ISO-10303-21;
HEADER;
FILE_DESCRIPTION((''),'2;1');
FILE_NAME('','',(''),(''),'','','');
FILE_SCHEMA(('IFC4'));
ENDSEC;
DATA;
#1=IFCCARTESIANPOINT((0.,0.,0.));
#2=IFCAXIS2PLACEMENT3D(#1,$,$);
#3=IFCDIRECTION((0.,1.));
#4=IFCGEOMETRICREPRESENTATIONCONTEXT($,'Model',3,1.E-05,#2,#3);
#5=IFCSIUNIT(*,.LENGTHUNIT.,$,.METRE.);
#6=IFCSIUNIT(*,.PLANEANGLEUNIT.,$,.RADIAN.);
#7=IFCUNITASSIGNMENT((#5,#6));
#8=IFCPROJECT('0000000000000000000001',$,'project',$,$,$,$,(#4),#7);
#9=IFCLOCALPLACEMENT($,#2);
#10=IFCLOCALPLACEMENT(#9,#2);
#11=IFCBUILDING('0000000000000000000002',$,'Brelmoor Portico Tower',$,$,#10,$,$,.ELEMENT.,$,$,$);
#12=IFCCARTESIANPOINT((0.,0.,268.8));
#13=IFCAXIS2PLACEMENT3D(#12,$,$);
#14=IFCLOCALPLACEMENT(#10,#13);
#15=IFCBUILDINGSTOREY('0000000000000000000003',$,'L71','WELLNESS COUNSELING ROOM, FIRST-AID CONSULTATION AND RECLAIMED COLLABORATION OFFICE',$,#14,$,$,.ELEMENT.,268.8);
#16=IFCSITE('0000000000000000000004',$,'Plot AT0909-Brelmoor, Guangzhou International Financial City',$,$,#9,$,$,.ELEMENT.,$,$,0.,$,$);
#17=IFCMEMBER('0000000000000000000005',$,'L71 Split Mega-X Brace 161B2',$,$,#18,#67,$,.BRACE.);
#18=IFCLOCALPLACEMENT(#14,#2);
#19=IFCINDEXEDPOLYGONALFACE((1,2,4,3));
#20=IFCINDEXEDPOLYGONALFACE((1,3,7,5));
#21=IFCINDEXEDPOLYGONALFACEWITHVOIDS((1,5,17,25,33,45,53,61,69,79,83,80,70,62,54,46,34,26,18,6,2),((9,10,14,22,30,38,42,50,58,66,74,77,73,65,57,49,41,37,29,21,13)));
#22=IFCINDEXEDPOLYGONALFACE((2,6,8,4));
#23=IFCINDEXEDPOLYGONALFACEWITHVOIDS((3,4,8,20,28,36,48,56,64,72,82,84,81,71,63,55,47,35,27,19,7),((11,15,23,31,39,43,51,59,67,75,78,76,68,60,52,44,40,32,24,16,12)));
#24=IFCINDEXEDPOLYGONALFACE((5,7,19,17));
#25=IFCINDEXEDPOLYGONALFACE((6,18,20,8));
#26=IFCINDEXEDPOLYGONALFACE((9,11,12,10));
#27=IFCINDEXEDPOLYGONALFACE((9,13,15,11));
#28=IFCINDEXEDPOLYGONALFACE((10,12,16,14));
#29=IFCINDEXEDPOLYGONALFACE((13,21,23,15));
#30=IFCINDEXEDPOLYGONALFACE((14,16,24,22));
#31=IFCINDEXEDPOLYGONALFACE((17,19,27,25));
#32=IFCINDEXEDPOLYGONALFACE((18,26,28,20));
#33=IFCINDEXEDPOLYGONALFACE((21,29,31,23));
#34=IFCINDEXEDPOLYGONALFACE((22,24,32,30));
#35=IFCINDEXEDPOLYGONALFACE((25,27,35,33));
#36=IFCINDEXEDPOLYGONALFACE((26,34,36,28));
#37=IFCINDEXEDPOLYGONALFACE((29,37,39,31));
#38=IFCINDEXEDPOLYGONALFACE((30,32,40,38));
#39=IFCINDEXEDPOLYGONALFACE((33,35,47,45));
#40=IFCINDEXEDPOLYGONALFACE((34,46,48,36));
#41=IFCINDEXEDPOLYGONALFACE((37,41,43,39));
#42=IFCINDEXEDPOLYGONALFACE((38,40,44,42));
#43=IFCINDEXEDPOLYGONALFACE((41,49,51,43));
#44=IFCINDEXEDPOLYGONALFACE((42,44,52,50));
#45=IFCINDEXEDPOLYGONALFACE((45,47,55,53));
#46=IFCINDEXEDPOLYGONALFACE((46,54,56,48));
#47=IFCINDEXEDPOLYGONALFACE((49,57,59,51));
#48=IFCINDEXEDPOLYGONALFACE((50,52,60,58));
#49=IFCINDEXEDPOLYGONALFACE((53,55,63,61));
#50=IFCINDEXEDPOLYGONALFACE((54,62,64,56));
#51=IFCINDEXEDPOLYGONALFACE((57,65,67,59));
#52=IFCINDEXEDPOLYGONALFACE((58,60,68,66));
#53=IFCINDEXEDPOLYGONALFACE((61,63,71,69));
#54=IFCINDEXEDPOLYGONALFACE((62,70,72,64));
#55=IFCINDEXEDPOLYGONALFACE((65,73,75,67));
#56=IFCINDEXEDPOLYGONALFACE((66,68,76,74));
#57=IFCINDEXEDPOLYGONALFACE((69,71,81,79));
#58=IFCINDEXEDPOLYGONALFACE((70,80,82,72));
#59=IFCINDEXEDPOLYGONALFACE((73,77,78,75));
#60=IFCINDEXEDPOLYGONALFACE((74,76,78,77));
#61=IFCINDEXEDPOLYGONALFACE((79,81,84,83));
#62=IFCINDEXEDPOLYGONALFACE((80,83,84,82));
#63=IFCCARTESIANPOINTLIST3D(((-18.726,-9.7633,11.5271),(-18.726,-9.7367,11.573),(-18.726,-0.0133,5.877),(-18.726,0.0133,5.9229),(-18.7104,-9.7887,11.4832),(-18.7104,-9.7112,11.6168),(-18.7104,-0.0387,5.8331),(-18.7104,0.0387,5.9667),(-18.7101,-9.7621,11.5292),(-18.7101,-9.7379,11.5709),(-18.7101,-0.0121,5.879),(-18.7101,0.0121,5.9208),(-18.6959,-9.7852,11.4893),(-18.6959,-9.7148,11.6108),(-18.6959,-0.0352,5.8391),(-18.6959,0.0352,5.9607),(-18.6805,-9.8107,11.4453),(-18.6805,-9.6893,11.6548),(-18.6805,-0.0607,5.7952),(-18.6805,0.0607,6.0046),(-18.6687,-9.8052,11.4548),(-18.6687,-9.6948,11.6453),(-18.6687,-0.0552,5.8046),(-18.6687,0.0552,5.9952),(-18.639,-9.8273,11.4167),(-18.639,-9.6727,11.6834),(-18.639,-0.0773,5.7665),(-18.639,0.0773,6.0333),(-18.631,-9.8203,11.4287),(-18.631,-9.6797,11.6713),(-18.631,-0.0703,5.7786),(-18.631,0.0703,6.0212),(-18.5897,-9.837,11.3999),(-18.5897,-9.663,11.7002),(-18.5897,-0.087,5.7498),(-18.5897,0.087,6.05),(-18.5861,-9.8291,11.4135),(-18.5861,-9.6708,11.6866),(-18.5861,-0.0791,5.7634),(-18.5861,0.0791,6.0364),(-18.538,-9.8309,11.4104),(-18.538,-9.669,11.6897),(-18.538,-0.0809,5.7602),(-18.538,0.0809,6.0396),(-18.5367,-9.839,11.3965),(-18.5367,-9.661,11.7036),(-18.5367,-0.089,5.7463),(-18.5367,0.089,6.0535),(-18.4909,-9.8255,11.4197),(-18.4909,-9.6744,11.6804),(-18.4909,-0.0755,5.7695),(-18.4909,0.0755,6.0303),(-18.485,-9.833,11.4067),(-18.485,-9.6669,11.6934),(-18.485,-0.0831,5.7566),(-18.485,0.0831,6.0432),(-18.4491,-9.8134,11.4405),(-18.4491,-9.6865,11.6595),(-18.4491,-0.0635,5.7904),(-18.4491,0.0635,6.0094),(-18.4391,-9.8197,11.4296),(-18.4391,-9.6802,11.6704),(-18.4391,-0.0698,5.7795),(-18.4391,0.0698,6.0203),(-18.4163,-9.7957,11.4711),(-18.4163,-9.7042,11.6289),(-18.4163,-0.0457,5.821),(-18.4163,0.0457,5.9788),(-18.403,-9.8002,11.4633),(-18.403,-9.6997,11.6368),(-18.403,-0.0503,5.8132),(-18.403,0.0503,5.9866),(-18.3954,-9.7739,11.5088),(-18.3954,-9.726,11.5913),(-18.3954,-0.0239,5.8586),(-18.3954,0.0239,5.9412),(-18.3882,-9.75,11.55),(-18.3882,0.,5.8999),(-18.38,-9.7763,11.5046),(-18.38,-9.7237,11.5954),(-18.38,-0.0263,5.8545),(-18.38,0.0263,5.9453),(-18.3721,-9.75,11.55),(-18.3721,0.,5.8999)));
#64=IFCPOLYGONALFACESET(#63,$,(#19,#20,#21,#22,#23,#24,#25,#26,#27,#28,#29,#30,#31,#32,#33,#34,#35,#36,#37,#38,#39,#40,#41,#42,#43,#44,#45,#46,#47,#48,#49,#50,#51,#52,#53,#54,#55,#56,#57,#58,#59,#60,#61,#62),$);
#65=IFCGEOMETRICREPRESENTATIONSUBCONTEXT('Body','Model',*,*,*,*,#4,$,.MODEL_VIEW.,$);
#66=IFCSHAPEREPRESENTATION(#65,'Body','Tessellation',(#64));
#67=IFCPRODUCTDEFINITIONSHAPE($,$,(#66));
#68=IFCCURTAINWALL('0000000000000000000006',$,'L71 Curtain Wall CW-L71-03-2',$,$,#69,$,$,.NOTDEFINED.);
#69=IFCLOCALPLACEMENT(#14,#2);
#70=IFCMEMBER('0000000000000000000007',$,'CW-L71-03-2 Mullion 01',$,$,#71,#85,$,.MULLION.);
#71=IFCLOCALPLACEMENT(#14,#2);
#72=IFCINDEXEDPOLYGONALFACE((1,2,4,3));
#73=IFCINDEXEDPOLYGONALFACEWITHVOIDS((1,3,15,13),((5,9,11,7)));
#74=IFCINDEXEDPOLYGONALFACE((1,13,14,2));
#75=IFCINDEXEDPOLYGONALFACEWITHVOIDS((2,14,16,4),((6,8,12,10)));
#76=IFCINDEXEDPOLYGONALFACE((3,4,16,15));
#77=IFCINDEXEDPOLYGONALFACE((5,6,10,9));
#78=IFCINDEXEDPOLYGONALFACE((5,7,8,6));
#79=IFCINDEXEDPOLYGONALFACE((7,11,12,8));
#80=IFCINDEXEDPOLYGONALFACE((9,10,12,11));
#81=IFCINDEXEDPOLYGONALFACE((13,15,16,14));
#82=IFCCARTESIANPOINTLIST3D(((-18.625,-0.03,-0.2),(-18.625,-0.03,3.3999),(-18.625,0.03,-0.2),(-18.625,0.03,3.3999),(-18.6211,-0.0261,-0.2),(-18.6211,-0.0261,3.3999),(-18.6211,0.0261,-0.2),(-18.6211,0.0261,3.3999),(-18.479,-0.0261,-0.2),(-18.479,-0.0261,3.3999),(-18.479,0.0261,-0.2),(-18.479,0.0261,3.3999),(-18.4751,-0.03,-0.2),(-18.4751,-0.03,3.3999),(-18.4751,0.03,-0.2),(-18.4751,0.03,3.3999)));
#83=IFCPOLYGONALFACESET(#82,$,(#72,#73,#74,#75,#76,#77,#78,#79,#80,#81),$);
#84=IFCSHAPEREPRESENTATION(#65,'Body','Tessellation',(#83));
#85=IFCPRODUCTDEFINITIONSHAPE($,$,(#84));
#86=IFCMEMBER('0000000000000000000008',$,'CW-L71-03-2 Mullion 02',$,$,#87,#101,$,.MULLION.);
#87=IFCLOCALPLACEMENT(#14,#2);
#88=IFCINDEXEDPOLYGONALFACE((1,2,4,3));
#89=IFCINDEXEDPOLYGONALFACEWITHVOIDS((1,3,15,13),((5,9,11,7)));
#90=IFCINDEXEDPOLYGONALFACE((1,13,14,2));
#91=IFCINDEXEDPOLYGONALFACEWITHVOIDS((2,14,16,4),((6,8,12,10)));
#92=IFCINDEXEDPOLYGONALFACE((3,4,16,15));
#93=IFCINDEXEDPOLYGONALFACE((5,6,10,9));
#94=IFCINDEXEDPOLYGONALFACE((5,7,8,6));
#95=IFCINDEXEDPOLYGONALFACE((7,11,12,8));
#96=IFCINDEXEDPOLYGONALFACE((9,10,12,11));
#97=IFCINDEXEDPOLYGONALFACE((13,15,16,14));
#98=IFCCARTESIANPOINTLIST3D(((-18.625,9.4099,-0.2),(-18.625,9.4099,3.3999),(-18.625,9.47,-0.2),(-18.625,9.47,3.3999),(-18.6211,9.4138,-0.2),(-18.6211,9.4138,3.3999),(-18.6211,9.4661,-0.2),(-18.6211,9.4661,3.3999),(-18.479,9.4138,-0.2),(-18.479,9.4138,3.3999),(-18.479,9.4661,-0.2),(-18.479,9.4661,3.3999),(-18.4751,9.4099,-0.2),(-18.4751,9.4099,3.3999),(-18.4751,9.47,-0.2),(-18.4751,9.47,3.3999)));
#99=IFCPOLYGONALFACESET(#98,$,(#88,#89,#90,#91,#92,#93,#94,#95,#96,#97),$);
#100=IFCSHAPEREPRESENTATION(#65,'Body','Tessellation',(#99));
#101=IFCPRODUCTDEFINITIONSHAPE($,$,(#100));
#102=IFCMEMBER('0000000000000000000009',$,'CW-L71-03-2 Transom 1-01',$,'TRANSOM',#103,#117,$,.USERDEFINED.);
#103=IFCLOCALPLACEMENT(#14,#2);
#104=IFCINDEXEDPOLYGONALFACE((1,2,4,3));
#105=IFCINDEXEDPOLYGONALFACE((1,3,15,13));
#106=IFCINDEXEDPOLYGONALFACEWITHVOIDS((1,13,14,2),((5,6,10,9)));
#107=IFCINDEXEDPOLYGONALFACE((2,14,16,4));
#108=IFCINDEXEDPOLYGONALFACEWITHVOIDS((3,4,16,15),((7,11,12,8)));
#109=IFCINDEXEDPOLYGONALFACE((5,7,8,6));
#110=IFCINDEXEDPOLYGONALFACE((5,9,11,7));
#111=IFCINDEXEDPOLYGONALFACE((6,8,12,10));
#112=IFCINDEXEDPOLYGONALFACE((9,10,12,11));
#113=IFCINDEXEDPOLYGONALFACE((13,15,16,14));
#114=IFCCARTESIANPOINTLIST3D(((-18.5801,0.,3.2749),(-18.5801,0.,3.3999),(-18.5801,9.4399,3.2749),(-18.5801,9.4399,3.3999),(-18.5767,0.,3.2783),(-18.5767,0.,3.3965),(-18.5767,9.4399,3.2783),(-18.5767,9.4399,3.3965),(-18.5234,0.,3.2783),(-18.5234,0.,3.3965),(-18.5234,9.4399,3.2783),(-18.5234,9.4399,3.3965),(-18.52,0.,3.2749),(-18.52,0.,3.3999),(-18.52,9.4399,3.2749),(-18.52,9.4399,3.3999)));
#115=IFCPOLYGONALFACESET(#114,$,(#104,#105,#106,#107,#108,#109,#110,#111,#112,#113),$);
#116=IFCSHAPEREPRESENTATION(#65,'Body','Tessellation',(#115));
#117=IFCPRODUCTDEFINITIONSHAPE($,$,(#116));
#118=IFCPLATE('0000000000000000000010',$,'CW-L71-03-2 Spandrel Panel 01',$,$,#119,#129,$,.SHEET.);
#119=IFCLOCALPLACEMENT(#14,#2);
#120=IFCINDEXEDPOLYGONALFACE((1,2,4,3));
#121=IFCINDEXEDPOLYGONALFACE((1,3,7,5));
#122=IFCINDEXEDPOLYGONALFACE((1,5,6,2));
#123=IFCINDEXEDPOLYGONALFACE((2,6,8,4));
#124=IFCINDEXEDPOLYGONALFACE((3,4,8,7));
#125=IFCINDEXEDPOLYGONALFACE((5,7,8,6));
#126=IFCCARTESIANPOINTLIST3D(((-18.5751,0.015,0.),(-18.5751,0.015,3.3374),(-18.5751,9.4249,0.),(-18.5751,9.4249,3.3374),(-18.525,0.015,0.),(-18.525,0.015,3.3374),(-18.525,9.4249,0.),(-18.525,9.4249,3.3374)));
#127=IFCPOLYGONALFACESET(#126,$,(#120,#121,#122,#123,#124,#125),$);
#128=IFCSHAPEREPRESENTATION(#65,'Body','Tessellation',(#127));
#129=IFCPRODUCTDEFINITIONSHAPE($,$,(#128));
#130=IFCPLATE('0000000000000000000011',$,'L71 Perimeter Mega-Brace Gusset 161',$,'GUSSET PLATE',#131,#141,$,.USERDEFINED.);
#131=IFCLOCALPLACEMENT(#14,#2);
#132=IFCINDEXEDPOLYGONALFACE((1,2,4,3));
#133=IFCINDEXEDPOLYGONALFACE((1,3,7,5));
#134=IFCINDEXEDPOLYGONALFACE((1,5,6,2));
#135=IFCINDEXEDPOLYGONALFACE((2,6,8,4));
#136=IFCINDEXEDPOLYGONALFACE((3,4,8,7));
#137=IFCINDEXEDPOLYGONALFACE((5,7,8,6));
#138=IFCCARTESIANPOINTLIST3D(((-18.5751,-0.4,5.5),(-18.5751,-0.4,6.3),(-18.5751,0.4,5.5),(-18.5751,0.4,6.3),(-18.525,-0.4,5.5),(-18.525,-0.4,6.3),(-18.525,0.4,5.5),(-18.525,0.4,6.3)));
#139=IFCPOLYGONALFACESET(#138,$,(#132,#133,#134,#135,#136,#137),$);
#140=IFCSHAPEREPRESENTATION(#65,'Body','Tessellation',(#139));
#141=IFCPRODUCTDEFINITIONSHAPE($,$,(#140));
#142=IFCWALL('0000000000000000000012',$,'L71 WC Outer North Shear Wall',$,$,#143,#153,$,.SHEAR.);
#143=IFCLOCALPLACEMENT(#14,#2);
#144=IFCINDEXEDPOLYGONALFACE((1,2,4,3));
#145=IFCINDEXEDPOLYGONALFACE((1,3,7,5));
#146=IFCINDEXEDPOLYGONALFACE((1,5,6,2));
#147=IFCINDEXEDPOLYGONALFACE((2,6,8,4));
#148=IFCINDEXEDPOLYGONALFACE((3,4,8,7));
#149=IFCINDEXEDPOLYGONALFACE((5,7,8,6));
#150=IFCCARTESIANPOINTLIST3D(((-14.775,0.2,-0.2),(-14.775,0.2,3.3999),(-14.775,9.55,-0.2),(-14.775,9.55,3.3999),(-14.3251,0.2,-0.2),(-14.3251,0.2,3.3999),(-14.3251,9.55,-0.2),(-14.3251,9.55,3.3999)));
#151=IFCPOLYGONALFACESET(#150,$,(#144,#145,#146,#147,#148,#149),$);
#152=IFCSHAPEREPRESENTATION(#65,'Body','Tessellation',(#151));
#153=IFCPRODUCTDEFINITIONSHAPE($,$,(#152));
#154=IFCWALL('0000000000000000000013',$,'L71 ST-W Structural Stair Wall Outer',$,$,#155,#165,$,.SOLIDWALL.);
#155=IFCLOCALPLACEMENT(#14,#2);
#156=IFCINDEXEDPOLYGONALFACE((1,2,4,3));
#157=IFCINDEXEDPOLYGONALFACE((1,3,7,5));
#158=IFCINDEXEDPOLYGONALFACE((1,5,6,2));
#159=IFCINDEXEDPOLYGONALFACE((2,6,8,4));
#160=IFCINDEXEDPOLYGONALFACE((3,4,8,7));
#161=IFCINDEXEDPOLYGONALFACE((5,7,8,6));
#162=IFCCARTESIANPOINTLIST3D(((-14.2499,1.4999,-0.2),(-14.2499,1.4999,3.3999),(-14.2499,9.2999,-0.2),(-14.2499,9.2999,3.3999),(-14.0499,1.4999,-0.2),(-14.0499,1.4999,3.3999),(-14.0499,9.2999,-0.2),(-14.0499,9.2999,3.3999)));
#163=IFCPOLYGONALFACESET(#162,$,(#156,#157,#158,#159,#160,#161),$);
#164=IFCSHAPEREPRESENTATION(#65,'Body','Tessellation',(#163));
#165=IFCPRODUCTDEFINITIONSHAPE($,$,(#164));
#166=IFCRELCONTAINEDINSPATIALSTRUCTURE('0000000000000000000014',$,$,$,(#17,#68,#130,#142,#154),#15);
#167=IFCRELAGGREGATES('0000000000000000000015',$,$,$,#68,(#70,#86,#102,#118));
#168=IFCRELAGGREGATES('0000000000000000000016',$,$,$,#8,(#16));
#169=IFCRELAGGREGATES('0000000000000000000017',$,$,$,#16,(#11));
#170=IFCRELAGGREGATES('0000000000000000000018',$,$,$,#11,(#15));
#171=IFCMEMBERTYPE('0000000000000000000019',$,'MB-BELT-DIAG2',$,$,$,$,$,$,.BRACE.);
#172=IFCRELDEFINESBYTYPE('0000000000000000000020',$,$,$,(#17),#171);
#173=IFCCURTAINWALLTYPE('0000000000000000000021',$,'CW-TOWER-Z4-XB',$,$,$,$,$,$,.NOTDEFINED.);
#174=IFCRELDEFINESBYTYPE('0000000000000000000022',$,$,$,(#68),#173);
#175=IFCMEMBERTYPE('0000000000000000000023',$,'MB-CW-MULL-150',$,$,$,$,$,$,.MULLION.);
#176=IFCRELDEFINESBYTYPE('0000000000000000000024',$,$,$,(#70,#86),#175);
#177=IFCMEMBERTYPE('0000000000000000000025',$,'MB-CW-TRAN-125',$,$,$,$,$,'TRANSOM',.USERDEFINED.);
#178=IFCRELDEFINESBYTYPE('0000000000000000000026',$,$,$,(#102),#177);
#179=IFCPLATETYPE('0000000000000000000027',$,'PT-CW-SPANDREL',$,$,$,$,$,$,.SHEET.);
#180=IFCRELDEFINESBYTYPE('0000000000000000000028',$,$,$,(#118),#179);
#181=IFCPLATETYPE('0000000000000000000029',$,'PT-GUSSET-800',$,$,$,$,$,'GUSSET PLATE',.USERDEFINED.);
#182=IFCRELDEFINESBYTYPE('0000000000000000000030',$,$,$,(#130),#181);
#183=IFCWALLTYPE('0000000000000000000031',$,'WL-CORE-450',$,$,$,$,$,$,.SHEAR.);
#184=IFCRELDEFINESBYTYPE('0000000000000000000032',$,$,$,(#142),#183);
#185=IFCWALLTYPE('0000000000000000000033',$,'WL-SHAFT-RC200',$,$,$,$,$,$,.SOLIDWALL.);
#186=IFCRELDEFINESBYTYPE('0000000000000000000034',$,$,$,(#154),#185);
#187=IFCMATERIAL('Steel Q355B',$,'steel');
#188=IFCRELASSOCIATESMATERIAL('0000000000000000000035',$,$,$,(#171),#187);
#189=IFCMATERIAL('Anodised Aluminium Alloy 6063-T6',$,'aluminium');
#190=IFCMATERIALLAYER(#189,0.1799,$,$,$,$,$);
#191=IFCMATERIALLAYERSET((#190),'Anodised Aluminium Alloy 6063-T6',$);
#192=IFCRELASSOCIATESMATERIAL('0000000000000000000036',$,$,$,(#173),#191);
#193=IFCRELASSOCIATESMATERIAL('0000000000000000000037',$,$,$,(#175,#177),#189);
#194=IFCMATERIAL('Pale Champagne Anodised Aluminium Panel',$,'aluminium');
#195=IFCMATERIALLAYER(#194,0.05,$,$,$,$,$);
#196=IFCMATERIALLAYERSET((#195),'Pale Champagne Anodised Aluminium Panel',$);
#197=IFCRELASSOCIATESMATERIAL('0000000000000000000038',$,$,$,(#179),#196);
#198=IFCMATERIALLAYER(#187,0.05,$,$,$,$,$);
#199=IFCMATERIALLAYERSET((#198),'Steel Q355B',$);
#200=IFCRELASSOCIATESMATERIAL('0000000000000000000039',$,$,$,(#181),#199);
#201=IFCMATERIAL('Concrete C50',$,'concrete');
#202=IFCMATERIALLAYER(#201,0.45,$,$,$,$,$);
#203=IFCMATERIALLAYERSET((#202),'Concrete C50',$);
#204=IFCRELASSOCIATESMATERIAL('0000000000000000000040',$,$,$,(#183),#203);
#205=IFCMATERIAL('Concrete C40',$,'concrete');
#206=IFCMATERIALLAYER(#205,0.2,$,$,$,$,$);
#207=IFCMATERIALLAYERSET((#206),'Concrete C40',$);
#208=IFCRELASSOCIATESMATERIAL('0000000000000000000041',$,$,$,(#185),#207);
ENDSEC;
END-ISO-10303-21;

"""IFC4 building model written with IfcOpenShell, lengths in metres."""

from ifc_helpers import new_model, si_unit, direction, frame, frame_2d, origin, origin_2d, place, context, subcontext, project, spatial, rectangle, hollow_rectangle, hollow_circle, extrude, material, layer, layer_set, material_profile, profile_set, type_object, element, aggregate, save


model = new_model("IFC4")

# Units and contexts
model_context = context("Model", 3, precision=1e-05, world=origin(), true_north=direction((0.0, 1.0)))
body_context = subcontext(model_context, "Body", "Model", "MODEL_VIEW")
ifc_project = project(units=[si_unit("LENGTHUNIT", "METRE"), si_unit("PLANEANGLEUNIT", "RADIAN")], contexts=[model_context])

# Site, building, storey
site_placement = place(None, origin())
site = spatial("IfcSite", under=ifc_project, at=site_placement, Name="Plot AT0909-Brelmoor, Guangzhou International Financial City", CompositionType="ELEMENT", RefElevation=0.0)
building_placement = place(site_placement, origin())
building = spatial("IfcBuilding", under=site, at=building_placement, Name="Brelmoor Portico Tower", CompositionType="ELEMENT")
storey_placement = place(building_placement, frame((0.0, 0.0, 268.8)))
storey = spatial("IfcBuildingStorey", under=building, at=storey_placement, Name="L71", Description="WELLNESS COUNSELING ROOM, FIRST-AID CONSULTATION AND RECLAIMED COLLABORATION OFFICE", CompositionType="ELEMENT", Elevation=268.8)

# Shared definitions
ifc_material_1 = material(Name="Steel Q355B", Category="steel")

# Member
ifc_material_profile_1 = material_profile(ifc_material_1, hollow_circle(Radius=0.178, WallThickness=0.0161, at=origin_2d()), Name="CHS 356x16")
ifc_profile_set_1 = profile_set([ifc_material_profile_1], Name="Steel Q355B")
member_type_1 = type_object("IfcMemberType", Name="MB-BELT-DIAG2", PredefinedType="BRACE", material=ifc_profile_set_1)
member_1_placement = place(storey_placement, frame((-18.55, 0.0, 5.8999), z_axis=(0.0, -0.865218, 0.501396), x_axis=(1.0, 0.0, 0.0)))
element("IfcMember", 1, at=member_1_placement, inside=storey, type_object=member_type_1, Name="L71 Split Mega-X Brace 161B2", PredefinedType="BRACE", context=body_context, shape_type="SweptSolid", body=[
    extrude(hollow_circle(Radius=0.178, WallThickness=0.0161, at=origin_2d()), origin(), (0.0, 0.0, 1.0), 11.2688),
])

# Curtain wall, members, plate
ifc_material_2 = material(Name="Anodised Aluminium Alloy 6063-T6", Category="aluminium")
ifc_layer_1 = layer(ifc_material_2, 0.1799)
ifc_layer_set_1 = layer_set([ifc_layer_1], Name="Anodised Aluminium Alloy 6063-T6")
curtain_wall_type = type_object("IfcCurtainWallType", Name="CW-TOWER-Z4-XB", PredefinedType="NOTDEFINED", material=ifc_layer_set_1)
curtain_wall_placement = place(storey_placement, origin())
curtain_wall = element("IfcCurtainWall", 2, at=curtain_wall_placement, inside=storey, type_object=curtain_wall_type, Name="L71 Curtain Wall CW-L71-03-2", PredefinedType="NOTDEFINED")
ifc_material_profile_2 = material_profile(ifc_material_2, hollow_rectangle(XDim=0.0601, YDim=0.1499, WallThickness=0.0039, at=origin_2d()), Name="ALU MULLION 60x150")
ifc_profile_set_2 = profile_set([ifc_material_profile_2], Name="Anodised Aluminium Alloy 6063-T6")
member_type_2 = type_object("IfcMemberType", Name="MB-CW-MULL-150", PredefinedType="MULLION", material=ifc_profile_set_2)
member_2_placement = place(storey_placement, frame((-18.55, 0.0, -0.2), z_axis=(0.0, 0.0, 1.0), x_axis=(0.0, 1.0, 0.0)))
member_2 = element("IfcMember", 3, at=member_2_placement, type_object=member_type_2, Name="CW-L71-03-2 Mullion 01", PredefinedType="MULLION", context=body_context, shape_type="SweptSolid", body=[
    extrude(hollow_rectangle(XDim=0.0601, YDim=0.1499, WallThickness=0.0039, at=origin_2d()), origin(), (0.0, 0.0, 1.0), 3.5999),
])
member_3_placement = place(storey_placement, frame((-18.55, 9.4399, -0.2), z_axis=(0.0, 0.0, 1.0), x_axis=(0.0, 1.0, 0.0)))
member_3 = element("IfcMember", 4, at=member_3_placement, type_object=member_type_2, Name="CW-L71-03-2 Mullion 02", PredefinedType="MULLION", context=body_context, shape_type="SweptSolid", body=[
    extrude(hollow_rectangle(XDim=0.0601, YDim=0.1499, WallThickness=0.0039, at=origin_2d()), origin(), (0.0, 0.0, 1.0), 3.5999),
])
ifc_material_profile_3 = material_profile(ifc_material_2, hollow_rectangle(XDim=0.0601, YDim=0.125, WallThickness=0.0034, at=origin_2d()), Name="ALU TRANSOM 60x125")
ifc_profile_set_3 = profile_set([ifc_material_profile_3], Name="Anodised Aluminium Alloy 6063-T6")
member_type_3 = type_object("IfcMemberType", Name="MB-CW-TRAN-125", ElementType="TRANSOM", PredefinedType="USERDEFINED", material=ifc_profile_set_3)
member_4_placement = place(storey_placement, frame((-18.55, 0.0, 3.3374), z_axis=(0.0, 1.0, 0.0), x_axis=(-1.0, 0.0, 0.0)))
member_4 = element("IfcMember", 5, at=member_4_placement, type_object=member_type_3, Name="CW-L71-03-2 Transom 1-01", ObjectType="TRANSOM", PredefinedType="USERDEFINED", context=body_context, shape_type="SweptSolid", body=[
    extrude(hollow_rectangle(XDim=0.0601, YDim=0.125, WallThickness=0.0034, at=origin_2d()), origin(), (0.0, 0.0, 1.0), 9.4399),
])
ifc_material_3 = material(Name="Pale Champagne Anodised Aluminium Panel", Category="aluminium")
ifc_layer_2 = layer(ifc_material_3, 0.05)
ifc_layer_set_2 = layer_set([ifc_layer_2], Name="Pale Champagne Anodised Aluminium Panel")
plate_type_1 = type_object("IfcPlateType", Name="PT-CW-SPANDREL", PredefinedType="SHEET", material=ifc_layer_set_2)
plate_1_placement = place(storey_placement, frame((-18.55, 4.72, 0.0), z_axis=(0.0, 0.0, 1.0), x_axis=(0.0, 1.0, 0.0)))
plate_1 = element("IfcPlate", 6, at=plate_1_placement, type_object=plate_type_1, Name="CW-L71-03-2 Spandrel Panel 01", PredefinedType="SHEET", context=body_context, shape_type="SweptSolid", body=[
    extrude(rectangle(XDim=9.4099, YDim=0.05, at=origin_2d()), origin(), (0.0, 0.0, 1.0), 3.3374),
])
aggregate(curtain_wall, [member_2, member_3, member_4, plate_1])

# Plate
ifc_layer_3 = layer(ifc_material_1, 0.05)
ifc_layer_set_3 = layer_set([ifc_layer_3], Name="Steel Q355B")
plate_type_2 = type_object("IfcPlateType", Name="PT-GUSSET-800", ElementType="GUSSET PLATE", PredefinedType="USERDEFINED", material=ifc_layer_set_3)
plate_2_placement = place(storey_placement, frame((-18.55, 0.0, 5.5), z_axis=(0.0, 0.0, 1.0), x_axis=(1.0, 0.0, 0.0)))
element("IfcPlate", 7, at=plate_2_placement, inside=storey, type_object=plate_type_2, Name="L71 Perimeter Mega-Brace Gusset 161", ObjectType="GUSSET PLATE", PredefinedType="USERDEFINED", context=body_context, shape_type="SweptSolid", body=[
    extrude(rectangle(XDim=0.05, YDim=0.8, at=origin_2d()), origin(), (0.0, 0.0, 1.0), 0.8),
])

# Walls
ifc_material_4 = material(Name="Concrete C50", Category="concrete")
ifc_layer_4 = layer(ifc_material_4, 0.45)
ifc_layer_set_4 = layer_set([ifc_layer_4], Name="Concrete C50")
wall_type_1 = type_object("IfcWallType", Name="WL-CORE-450", PredefinedType="SHEAR", material=ifc_layer_set_4)
wall_1_placement = place(storey_placement, frame((-14.55, 0.2, -0.2), z_axis=(0.0, 0.0, 1.0), x_axis=(0.0, 1.0, 0.0)))
element("IfcWall", 8, at=wall_1_placement, inside=storey, type_object=wall_type_1, Name="L71 WC Outer North Shear Wall", PredefinedType="SHEAR", context=body_context, shape_type="SweptSolid", body=[
    extrude(rectangle(XDim=9.3501, YDim=0.45, at=frame_2d((4.675, 0.0))), origin(), (0.0, 0.0, 1.0), 3.5999),
])
ifc_material_5 = material(Name="Concrete C40", Category="concrete")
ifc_layer_5 = layer(ifc_material_5, 0.2)
ifc_layer_set_5 = layer_set([ifc_layer_5], Name="Concrete C40")
wall_type_2 = type_object("IfcWallType", Name="WL-SHAFT-RC200", PredefinedType="SOLIDWALL", material=ifc_layer_set_5)
wall_2_placement = place(storey_placement, frame((-14.1499, 1.5, -0.2), z_axis=(0.0, 0.0, 1.0), x_axis=(0.0, 1.0, 0.0)))
element("IfcWall", 9, at=wall_2_placement, inside=storey, type_object=wall_type_2, Name="L71 ST-W Structural Stair Wall Outer", PredefinedType="SOLIDWALL", context=body_context, shape_type="SweptSolid", body=[
    extrude(rectangle(XDim=7.8, YDim=0.2, at=frame_2d((3.8999, 0.0))), origin(), (0.0, 0.0, 1.0), 3.5999),
])

save(model, "model.ifc")
